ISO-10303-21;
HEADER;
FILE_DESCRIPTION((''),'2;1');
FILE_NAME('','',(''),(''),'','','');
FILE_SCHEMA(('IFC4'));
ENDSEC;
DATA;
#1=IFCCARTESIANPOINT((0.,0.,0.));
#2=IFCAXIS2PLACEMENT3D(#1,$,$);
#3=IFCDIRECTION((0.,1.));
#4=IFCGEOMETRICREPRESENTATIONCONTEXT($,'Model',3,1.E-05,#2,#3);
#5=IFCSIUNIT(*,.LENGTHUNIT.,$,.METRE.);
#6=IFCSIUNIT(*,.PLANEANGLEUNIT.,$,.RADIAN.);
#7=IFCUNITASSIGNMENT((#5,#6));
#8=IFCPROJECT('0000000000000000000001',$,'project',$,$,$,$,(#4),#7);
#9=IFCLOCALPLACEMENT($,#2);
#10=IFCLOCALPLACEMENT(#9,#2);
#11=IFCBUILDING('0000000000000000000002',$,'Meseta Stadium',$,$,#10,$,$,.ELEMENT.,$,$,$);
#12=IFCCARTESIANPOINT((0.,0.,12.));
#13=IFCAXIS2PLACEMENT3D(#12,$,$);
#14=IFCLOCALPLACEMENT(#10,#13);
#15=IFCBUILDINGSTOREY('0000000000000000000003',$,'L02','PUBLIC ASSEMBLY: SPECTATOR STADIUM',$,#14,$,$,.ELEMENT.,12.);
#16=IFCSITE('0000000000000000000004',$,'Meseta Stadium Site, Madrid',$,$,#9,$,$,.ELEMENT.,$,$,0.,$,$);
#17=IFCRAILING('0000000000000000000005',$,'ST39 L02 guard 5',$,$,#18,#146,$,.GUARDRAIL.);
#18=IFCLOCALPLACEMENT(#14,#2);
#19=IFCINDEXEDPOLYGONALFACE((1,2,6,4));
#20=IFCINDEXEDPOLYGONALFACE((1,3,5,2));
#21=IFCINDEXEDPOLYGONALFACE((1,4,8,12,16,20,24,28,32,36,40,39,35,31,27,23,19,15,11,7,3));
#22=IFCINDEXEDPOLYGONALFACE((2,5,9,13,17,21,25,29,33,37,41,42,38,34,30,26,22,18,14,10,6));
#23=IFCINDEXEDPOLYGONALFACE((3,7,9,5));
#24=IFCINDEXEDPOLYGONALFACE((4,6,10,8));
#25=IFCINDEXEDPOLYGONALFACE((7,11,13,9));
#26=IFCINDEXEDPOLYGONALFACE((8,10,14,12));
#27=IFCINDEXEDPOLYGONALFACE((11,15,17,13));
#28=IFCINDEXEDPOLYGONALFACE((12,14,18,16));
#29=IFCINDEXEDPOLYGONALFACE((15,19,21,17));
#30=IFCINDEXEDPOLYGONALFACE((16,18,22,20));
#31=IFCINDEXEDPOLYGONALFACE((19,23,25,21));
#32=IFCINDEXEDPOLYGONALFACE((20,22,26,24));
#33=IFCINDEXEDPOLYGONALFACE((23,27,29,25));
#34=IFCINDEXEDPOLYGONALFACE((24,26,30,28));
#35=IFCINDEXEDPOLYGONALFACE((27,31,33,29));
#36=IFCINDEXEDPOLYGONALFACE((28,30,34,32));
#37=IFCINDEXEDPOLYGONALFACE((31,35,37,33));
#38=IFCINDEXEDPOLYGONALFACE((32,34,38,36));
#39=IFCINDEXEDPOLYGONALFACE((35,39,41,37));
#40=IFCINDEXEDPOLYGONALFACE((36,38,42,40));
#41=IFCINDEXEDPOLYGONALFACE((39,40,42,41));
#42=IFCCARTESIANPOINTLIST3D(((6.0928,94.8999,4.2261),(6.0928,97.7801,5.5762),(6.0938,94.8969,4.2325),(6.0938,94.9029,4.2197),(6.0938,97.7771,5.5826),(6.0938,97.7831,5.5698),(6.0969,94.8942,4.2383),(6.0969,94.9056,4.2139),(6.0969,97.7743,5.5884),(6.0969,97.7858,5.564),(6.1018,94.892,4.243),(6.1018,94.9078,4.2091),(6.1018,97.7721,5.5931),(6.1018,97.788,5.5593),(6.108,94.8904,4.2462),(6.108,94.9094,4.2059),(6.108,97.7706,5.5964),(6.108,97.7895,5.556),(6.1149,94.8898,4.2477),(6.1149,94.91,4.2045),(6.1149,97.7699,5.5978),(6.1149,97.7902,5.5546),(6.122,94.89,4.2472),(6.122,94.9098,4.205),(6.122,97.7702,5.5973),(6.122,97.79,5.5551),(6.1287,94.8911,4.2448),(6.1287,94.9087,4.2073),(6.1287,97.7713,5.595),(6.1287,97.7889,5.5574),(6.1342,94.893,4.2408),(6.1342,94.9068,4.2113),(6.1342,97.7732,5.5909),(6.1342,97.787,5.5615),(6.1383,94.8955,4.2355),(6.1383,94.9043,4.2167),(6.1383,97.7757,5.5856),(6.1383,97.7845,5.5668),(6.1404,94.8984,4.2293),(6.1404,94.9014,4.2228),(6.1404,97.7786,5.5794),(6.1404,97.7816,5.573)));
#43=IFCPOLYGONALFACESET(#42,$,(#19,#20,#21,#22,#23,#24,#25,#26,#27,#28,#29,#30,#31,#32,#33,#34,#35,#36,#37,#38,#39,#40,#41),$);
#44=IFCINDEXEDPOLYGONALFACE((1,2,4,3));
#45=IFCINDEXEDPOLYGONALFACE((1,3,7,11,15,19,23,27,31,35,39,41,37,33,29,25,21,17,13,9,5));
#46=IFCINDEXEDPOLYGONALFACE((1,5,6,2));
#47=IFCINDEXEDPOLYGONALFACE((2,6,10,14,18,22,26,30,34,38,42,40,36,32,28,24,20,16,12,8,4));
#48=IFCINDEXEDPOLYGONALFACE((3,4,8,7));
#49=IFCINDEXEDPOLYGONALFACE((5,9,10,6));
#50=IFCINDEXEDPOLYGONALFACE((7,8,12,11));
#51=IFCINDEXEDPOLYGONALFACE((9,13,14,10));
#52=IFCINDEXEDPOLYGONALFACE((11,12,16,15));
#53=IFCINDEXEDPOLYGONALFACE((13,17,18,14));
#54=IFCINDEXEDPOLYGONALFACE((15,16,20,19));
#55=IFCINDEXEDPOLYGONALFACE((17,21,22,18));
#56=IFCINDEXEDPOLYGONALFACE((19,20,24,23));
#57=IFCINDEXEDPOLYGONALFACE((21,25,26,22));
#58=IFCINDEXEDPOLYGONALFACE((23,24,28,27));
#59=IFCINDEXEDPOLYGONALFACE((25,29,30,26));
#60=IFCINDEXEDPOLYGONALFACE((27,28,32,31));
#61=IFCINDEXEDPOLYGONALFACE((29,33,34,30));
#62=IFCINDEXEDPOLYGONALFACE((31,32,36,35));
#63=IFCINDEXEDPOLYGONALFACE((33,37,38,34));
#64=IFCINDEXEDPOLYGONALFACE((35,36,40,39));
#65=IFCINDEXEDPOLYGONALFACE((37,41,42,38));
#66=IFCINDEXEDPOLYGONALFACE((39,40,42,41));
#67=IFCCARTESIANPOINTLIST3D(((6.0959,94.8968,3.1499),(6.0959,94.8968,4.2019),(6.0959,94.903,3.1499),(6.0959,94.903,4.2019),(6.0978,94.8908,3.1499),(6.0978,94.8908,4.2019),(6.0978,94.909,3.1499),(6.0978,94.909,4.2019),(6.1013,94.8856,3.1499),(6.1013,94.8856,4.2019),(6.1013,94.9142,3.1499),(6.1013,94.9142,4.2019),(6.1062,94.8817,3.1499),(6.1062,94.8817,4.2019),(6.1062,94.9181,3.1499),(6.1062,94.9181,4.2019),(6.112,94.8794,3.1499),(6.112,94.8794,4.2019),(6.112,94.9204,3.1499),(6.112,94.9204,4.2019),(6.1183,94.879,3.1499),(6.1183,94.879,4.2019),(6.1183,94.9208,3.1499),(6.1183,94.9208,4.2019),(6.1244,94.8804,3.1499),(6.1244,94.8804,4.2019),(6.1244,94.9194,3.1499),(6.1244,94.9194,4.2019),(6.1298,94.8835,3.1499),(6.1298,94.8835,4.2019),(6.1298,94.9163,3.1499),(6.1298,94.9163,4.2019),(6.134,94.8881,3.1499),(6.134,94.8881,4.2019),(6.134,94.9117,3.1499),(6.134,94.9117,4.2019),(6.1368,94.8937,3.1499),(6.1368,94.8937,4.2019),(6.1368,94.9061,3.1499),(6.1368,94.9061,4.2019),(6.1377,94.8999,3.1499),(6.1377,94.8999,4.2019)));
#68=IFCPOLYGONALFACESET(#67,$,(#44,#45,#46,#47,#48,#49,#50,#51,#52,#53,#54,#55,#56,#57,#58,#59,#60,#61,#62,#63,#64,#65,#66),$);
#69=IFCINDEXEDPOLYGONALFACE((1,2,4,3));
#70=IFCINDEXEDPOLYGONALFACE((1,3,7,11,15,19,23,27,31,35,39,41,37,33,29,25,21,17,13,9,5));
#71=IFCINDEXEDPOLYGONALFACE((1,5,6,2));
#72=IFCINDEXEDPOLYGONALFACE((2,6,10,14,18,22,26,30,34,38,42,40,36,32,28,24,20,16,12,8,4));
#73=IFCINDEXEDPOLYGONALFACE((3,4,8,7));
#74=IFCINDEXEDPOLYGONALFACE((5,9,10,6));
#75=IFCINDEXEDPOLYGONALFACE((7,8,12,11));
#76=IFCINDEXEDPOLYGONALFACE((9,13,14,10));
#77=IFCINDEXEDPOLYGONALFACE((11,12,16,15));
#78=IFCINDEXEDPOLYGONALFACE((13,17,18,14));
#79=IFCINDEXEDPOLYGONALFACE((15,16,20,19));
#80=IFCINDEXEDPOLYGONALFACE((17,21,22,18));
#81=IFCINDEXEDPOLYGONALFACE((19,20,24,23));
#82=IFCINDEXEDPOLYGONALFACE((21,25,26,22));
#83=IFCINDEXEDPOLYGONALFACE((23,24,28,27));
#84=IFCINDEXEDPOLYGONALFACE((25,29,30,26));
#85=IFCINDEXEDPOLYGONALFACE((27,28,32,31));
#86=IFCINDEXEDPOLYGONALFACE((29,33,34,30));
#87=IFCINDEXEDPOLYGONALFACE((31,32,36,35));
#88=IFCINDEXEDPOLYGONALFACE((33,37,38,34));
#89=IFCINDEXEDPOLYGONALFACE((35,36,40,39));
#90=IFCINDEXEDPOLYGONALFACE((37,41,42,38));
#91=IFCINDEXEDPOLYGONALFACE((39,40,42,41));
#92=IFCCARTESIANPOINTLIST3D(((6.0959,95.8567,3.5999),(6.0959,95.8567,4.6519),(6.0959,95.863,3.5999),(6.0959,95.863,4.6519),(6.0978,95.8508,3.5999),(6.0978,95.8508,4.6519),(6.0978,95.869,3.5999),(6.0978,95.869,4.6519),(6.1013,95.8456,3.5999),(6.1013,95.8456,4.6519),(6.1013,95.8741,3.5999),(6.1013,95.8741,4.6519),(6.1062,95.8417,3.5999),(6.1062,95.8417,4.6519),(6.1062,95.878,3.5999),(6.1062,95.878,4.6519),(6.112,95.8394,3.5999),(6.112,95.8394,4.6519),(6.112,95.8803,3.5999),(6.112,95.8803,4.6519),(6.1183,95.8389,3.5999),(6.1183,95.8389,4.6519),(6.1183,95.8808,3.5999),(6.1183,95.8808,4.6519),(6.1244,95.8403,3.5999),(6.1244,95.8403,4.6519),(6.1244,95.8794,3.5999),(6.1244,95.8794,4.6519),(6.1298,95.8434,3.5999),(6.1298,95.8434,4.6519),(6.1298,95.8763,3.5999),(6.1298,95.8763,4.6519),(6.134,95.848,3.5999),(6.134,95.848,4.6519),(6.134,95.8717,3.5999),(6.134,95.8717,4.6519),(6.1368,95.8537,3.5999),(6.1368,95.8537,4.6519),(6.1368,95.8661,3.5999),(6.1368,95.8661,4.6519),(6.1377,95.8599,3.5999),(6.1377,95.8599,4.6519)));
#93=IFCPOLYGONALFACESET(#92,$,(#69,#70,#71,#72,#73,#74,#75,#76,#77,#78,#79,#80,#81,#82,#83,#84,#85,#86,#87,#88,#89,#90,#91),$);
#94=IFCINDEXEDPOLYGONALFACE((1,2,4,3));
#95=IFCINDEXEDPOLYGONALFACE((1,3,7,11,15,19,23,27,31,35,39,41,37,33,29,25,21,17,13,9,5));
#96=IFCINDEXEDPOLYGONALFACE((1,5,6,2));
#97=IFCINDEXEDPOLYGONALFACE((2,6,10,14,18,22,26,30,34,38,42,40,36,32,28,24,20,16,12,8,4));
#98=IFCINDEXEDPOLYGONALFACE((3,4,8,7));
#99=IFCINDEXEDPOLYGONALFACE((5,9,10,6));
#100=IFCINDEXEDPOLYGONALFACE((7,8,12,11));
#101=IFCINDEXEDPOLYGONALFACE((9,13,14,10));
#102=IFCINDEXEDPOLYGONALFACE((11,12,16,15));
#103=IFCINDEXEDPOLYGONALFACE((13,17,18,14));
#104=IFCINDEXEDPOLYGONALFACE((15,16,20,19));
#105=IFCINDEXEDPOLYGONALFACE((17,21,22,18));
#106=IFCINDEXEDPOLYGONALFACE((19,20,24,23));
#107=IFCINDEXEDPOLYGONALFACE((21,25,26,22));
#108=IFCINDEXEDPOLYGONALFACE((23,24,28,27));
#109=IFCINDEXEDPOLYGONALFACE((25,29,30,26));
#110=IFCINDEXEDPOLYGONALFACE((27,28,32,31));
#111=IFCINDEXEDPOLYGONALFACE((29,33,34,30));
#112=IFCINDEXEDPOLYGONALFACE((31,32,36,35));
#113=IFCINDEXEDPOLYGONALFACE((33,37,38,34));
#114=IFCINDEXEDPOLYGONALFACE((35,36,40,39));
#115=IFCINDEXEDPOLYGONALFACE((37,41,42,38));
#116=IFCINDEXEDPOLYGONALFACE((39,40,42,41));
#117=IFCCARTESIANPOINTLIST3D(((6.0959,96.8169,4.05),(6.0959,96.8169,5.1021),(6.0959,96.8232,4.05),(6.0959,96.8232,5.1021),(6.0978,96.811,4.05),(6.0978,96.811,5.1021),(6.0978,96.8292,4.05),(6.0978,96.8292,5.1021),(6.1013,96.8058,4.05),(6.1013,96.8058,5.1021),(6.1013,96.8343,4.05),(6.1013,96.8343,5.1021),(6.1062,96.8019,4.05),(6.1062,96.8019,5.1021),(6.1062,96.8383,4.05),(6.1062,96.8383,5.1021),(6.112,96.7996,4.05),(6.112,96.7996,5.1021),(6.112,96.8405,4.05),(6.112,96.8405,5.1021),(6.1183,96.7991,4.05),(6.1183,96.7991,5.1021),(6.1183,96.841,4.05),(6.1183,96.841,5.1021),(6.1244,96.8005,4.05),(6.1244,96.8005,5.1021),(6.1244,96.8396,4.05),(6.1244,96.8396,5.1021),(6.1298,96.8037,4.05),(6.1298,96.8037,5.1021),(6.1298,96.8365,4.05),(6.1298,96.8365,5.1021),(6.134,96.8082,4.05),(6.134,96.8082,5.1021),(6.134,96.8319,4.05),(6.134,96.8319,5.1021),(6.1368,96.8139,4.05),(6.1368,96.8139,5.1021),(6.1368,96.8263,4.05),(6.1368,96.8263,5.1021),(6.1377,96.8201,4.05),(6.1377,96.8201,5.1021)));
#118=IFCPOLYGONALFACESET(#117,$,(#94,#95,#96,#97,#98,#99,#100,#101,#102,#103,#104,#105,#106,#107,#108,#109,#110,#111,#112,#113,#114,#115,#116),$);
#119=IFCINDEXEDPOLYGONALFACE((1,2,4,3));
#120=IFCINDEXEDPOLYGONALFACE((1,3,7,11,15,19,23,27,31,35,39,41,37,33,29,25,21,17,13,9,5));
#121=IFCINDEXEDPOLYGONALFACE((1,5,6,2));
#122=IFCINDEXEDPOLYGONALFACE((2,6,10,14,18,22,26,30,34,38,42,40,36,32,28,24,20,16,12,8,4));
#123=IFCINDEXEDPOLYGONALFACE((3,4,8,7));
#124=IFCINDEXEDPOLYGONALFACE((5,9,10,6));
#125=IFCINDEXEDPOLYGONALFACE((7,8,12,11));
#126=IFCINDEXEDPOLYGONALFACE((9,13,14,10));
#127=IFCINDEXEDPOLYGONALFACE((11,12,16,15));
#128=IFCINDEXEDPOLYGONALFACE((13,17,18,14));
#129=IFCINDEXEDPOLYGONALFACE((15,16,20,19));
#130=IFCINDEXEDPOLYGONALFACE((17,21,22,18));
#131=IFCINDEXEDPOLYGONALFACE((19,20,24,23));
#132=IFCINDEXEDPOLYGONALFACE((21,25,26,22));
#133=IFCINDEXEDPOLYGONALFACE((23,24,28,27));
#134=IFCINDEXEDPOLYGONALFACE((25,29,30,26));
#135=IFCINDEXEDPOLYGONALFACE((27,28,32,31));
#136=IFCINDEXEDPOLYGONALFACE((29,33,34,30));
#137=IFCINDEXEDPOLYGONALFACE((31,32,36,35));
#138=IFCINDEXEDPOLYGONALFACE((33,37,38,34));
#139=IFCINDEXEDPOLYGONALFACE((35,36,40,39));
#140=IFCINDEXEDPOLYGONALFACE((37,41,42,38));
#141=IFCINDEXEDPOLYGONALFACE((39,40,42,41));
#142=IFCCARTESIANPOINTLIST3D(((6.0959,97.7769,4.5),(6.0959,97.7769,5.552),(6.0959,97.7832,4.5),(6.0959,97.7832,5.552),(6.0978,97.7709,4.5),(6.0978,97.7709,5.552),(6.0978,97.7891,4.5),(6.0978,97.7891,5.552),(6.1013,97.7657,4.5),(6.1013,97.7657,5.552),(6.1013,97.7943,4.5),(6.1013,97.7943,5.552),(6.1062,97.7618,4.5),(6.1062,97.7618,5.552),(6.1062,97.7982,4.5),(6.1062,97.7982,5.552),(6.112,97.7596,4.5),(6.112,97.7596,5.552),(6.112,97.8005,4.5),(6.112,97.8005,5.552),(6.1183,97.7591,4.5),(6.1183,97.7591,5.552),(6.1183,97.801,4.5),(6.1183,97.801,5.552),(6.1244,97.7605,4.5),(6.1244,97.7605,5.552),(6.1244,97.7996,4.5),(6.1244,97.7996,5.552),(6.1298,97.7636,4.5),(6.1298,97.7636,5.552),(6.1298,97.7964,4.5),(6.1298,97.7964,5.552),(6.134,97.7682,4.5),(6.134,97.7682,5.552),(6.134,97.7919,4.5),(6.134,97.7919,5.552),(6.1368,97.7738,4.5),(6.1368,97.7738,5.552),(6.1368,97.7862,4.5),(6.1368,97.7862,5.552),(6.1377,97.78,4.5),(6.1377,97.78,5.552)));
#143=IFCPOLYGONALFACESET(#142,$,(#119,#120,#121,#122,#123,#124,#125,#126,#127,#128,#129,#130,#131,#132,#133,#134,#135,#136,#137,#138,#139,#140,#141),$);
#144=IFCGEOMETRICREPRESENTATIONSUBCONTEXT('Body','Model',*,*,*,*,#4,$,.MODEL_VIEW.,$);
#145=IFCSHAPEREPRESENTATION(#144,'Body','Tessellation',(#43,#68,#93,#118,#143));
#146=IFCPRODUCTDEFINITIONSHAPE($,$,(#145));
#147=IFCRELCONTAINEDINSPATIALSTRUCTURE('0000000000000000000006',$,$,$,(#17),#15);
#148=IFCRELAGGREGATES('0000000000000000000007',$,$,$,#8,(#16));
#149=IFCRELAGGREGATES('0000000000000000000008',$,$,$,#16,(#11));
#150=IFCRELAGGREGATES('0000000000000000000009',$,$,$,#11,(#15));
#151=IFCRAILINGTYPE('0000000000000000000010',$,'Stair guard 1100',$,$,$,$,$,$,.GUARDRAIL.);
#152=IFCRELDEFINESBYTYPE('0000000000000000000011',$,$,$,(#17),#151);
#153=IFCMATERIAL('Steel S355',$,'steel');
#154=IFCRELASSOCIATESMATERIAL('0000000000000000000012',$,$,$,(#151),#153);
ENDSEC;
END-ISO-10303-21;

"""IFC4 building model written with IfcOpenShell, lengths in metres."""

from ifc_helpers import new_model, si_unit, direction, frame, origin, origin_2d, place, context, subcontext, project, spatial, circle, extrude, material, type_object, element, save


model = new_model("IFC4")

# Units and contexts
model_context = context("Model", 3, precision=1e-05, world=origin(), true_north=direction((0.0, 1.0)))
body_context = subcontext(model_context, "Body", "Model", "MODEL_VIEW")
ifc_project = project(units=[si_unit("LENGTHUNIT", "METRE"), si_unit("PLANEANGLEUNIT", "RADIAN")], contexts=[model_context])

# Site, building, storey
site_placement = place(None, origin())
site = spatial("IfcSite", under=ifc_project, at=site_placement, Name="Meseta Stadium Site, Madrid", CompositionType="ELEMENT", RefElevation=0.0)
building_placement = place(site_placement, origin())
building = spatial("IfcBuilding", under=site, at=building_placement, Name="Meseta Stadium", CompositionType="ELEMENT")
storey_placement = place(building_placement, frame((0.0, 0.0, 12.0)))
storey = spatial("IfcBuildingStorey", under=building, at=storey_placement, Name="L02", Description="PUBLIC ASSEMBLY: SPECTATOR STADIUM", CompositionType="ELEMENT", Elevation=12.0)

# Railing
ifc_material_1 = material(Name="Steel S355", Category="steel")
railing_type_1 = type_object("IfcRailingType", Name="Stair guard 1100", PredefinedType="GUARDRAIL", material=ifc_material_1)
railing_1_placement = place(storey_placement, frame((6.1167, 94.8999, 3.1499)))
element("IfcRailing", 1, at=railing_1_placement, inside=storey, type_object=railing_type_1, Name="ST39 L02 guard 5", PredefinedType="GUARDRAIL", context=body_context, shape_type="SweptSolid", body=[
    extrude(circle(Radius=0.0239, at=origin_2d()), frame((0.0, 0.0, 1.0762), z_axis=(0.0, 0.905454, 0.424444), x_axis=(-1.0, 0.0, 0.0)), (0.0, 0.0, 1.0), 3.1809),
    extrude(circle(Radius=0.021, at=origin_2d()), origin(), (0.0, 0.0, 1.0), 1.052),
    extrude(circle(Radius=0.021, at=origin_2d()), frame((0.0, 0.96, 0.45)), (0.0, 0.0, 1.0), 1.052),
    extrude(circle(Radius=0.021, at=origin_2d()), frame((0.0, 1.9202, 0.9001)), (0.0, 0.0, 1.0), 1.052),
    extrude(circle(Radius=0.021, at=origin_2d()), frame((0.0, 2.8801, 1.3501)), (0.0, 0.0, 1.0), 1.052),
])

save(model, "model.ifc")
